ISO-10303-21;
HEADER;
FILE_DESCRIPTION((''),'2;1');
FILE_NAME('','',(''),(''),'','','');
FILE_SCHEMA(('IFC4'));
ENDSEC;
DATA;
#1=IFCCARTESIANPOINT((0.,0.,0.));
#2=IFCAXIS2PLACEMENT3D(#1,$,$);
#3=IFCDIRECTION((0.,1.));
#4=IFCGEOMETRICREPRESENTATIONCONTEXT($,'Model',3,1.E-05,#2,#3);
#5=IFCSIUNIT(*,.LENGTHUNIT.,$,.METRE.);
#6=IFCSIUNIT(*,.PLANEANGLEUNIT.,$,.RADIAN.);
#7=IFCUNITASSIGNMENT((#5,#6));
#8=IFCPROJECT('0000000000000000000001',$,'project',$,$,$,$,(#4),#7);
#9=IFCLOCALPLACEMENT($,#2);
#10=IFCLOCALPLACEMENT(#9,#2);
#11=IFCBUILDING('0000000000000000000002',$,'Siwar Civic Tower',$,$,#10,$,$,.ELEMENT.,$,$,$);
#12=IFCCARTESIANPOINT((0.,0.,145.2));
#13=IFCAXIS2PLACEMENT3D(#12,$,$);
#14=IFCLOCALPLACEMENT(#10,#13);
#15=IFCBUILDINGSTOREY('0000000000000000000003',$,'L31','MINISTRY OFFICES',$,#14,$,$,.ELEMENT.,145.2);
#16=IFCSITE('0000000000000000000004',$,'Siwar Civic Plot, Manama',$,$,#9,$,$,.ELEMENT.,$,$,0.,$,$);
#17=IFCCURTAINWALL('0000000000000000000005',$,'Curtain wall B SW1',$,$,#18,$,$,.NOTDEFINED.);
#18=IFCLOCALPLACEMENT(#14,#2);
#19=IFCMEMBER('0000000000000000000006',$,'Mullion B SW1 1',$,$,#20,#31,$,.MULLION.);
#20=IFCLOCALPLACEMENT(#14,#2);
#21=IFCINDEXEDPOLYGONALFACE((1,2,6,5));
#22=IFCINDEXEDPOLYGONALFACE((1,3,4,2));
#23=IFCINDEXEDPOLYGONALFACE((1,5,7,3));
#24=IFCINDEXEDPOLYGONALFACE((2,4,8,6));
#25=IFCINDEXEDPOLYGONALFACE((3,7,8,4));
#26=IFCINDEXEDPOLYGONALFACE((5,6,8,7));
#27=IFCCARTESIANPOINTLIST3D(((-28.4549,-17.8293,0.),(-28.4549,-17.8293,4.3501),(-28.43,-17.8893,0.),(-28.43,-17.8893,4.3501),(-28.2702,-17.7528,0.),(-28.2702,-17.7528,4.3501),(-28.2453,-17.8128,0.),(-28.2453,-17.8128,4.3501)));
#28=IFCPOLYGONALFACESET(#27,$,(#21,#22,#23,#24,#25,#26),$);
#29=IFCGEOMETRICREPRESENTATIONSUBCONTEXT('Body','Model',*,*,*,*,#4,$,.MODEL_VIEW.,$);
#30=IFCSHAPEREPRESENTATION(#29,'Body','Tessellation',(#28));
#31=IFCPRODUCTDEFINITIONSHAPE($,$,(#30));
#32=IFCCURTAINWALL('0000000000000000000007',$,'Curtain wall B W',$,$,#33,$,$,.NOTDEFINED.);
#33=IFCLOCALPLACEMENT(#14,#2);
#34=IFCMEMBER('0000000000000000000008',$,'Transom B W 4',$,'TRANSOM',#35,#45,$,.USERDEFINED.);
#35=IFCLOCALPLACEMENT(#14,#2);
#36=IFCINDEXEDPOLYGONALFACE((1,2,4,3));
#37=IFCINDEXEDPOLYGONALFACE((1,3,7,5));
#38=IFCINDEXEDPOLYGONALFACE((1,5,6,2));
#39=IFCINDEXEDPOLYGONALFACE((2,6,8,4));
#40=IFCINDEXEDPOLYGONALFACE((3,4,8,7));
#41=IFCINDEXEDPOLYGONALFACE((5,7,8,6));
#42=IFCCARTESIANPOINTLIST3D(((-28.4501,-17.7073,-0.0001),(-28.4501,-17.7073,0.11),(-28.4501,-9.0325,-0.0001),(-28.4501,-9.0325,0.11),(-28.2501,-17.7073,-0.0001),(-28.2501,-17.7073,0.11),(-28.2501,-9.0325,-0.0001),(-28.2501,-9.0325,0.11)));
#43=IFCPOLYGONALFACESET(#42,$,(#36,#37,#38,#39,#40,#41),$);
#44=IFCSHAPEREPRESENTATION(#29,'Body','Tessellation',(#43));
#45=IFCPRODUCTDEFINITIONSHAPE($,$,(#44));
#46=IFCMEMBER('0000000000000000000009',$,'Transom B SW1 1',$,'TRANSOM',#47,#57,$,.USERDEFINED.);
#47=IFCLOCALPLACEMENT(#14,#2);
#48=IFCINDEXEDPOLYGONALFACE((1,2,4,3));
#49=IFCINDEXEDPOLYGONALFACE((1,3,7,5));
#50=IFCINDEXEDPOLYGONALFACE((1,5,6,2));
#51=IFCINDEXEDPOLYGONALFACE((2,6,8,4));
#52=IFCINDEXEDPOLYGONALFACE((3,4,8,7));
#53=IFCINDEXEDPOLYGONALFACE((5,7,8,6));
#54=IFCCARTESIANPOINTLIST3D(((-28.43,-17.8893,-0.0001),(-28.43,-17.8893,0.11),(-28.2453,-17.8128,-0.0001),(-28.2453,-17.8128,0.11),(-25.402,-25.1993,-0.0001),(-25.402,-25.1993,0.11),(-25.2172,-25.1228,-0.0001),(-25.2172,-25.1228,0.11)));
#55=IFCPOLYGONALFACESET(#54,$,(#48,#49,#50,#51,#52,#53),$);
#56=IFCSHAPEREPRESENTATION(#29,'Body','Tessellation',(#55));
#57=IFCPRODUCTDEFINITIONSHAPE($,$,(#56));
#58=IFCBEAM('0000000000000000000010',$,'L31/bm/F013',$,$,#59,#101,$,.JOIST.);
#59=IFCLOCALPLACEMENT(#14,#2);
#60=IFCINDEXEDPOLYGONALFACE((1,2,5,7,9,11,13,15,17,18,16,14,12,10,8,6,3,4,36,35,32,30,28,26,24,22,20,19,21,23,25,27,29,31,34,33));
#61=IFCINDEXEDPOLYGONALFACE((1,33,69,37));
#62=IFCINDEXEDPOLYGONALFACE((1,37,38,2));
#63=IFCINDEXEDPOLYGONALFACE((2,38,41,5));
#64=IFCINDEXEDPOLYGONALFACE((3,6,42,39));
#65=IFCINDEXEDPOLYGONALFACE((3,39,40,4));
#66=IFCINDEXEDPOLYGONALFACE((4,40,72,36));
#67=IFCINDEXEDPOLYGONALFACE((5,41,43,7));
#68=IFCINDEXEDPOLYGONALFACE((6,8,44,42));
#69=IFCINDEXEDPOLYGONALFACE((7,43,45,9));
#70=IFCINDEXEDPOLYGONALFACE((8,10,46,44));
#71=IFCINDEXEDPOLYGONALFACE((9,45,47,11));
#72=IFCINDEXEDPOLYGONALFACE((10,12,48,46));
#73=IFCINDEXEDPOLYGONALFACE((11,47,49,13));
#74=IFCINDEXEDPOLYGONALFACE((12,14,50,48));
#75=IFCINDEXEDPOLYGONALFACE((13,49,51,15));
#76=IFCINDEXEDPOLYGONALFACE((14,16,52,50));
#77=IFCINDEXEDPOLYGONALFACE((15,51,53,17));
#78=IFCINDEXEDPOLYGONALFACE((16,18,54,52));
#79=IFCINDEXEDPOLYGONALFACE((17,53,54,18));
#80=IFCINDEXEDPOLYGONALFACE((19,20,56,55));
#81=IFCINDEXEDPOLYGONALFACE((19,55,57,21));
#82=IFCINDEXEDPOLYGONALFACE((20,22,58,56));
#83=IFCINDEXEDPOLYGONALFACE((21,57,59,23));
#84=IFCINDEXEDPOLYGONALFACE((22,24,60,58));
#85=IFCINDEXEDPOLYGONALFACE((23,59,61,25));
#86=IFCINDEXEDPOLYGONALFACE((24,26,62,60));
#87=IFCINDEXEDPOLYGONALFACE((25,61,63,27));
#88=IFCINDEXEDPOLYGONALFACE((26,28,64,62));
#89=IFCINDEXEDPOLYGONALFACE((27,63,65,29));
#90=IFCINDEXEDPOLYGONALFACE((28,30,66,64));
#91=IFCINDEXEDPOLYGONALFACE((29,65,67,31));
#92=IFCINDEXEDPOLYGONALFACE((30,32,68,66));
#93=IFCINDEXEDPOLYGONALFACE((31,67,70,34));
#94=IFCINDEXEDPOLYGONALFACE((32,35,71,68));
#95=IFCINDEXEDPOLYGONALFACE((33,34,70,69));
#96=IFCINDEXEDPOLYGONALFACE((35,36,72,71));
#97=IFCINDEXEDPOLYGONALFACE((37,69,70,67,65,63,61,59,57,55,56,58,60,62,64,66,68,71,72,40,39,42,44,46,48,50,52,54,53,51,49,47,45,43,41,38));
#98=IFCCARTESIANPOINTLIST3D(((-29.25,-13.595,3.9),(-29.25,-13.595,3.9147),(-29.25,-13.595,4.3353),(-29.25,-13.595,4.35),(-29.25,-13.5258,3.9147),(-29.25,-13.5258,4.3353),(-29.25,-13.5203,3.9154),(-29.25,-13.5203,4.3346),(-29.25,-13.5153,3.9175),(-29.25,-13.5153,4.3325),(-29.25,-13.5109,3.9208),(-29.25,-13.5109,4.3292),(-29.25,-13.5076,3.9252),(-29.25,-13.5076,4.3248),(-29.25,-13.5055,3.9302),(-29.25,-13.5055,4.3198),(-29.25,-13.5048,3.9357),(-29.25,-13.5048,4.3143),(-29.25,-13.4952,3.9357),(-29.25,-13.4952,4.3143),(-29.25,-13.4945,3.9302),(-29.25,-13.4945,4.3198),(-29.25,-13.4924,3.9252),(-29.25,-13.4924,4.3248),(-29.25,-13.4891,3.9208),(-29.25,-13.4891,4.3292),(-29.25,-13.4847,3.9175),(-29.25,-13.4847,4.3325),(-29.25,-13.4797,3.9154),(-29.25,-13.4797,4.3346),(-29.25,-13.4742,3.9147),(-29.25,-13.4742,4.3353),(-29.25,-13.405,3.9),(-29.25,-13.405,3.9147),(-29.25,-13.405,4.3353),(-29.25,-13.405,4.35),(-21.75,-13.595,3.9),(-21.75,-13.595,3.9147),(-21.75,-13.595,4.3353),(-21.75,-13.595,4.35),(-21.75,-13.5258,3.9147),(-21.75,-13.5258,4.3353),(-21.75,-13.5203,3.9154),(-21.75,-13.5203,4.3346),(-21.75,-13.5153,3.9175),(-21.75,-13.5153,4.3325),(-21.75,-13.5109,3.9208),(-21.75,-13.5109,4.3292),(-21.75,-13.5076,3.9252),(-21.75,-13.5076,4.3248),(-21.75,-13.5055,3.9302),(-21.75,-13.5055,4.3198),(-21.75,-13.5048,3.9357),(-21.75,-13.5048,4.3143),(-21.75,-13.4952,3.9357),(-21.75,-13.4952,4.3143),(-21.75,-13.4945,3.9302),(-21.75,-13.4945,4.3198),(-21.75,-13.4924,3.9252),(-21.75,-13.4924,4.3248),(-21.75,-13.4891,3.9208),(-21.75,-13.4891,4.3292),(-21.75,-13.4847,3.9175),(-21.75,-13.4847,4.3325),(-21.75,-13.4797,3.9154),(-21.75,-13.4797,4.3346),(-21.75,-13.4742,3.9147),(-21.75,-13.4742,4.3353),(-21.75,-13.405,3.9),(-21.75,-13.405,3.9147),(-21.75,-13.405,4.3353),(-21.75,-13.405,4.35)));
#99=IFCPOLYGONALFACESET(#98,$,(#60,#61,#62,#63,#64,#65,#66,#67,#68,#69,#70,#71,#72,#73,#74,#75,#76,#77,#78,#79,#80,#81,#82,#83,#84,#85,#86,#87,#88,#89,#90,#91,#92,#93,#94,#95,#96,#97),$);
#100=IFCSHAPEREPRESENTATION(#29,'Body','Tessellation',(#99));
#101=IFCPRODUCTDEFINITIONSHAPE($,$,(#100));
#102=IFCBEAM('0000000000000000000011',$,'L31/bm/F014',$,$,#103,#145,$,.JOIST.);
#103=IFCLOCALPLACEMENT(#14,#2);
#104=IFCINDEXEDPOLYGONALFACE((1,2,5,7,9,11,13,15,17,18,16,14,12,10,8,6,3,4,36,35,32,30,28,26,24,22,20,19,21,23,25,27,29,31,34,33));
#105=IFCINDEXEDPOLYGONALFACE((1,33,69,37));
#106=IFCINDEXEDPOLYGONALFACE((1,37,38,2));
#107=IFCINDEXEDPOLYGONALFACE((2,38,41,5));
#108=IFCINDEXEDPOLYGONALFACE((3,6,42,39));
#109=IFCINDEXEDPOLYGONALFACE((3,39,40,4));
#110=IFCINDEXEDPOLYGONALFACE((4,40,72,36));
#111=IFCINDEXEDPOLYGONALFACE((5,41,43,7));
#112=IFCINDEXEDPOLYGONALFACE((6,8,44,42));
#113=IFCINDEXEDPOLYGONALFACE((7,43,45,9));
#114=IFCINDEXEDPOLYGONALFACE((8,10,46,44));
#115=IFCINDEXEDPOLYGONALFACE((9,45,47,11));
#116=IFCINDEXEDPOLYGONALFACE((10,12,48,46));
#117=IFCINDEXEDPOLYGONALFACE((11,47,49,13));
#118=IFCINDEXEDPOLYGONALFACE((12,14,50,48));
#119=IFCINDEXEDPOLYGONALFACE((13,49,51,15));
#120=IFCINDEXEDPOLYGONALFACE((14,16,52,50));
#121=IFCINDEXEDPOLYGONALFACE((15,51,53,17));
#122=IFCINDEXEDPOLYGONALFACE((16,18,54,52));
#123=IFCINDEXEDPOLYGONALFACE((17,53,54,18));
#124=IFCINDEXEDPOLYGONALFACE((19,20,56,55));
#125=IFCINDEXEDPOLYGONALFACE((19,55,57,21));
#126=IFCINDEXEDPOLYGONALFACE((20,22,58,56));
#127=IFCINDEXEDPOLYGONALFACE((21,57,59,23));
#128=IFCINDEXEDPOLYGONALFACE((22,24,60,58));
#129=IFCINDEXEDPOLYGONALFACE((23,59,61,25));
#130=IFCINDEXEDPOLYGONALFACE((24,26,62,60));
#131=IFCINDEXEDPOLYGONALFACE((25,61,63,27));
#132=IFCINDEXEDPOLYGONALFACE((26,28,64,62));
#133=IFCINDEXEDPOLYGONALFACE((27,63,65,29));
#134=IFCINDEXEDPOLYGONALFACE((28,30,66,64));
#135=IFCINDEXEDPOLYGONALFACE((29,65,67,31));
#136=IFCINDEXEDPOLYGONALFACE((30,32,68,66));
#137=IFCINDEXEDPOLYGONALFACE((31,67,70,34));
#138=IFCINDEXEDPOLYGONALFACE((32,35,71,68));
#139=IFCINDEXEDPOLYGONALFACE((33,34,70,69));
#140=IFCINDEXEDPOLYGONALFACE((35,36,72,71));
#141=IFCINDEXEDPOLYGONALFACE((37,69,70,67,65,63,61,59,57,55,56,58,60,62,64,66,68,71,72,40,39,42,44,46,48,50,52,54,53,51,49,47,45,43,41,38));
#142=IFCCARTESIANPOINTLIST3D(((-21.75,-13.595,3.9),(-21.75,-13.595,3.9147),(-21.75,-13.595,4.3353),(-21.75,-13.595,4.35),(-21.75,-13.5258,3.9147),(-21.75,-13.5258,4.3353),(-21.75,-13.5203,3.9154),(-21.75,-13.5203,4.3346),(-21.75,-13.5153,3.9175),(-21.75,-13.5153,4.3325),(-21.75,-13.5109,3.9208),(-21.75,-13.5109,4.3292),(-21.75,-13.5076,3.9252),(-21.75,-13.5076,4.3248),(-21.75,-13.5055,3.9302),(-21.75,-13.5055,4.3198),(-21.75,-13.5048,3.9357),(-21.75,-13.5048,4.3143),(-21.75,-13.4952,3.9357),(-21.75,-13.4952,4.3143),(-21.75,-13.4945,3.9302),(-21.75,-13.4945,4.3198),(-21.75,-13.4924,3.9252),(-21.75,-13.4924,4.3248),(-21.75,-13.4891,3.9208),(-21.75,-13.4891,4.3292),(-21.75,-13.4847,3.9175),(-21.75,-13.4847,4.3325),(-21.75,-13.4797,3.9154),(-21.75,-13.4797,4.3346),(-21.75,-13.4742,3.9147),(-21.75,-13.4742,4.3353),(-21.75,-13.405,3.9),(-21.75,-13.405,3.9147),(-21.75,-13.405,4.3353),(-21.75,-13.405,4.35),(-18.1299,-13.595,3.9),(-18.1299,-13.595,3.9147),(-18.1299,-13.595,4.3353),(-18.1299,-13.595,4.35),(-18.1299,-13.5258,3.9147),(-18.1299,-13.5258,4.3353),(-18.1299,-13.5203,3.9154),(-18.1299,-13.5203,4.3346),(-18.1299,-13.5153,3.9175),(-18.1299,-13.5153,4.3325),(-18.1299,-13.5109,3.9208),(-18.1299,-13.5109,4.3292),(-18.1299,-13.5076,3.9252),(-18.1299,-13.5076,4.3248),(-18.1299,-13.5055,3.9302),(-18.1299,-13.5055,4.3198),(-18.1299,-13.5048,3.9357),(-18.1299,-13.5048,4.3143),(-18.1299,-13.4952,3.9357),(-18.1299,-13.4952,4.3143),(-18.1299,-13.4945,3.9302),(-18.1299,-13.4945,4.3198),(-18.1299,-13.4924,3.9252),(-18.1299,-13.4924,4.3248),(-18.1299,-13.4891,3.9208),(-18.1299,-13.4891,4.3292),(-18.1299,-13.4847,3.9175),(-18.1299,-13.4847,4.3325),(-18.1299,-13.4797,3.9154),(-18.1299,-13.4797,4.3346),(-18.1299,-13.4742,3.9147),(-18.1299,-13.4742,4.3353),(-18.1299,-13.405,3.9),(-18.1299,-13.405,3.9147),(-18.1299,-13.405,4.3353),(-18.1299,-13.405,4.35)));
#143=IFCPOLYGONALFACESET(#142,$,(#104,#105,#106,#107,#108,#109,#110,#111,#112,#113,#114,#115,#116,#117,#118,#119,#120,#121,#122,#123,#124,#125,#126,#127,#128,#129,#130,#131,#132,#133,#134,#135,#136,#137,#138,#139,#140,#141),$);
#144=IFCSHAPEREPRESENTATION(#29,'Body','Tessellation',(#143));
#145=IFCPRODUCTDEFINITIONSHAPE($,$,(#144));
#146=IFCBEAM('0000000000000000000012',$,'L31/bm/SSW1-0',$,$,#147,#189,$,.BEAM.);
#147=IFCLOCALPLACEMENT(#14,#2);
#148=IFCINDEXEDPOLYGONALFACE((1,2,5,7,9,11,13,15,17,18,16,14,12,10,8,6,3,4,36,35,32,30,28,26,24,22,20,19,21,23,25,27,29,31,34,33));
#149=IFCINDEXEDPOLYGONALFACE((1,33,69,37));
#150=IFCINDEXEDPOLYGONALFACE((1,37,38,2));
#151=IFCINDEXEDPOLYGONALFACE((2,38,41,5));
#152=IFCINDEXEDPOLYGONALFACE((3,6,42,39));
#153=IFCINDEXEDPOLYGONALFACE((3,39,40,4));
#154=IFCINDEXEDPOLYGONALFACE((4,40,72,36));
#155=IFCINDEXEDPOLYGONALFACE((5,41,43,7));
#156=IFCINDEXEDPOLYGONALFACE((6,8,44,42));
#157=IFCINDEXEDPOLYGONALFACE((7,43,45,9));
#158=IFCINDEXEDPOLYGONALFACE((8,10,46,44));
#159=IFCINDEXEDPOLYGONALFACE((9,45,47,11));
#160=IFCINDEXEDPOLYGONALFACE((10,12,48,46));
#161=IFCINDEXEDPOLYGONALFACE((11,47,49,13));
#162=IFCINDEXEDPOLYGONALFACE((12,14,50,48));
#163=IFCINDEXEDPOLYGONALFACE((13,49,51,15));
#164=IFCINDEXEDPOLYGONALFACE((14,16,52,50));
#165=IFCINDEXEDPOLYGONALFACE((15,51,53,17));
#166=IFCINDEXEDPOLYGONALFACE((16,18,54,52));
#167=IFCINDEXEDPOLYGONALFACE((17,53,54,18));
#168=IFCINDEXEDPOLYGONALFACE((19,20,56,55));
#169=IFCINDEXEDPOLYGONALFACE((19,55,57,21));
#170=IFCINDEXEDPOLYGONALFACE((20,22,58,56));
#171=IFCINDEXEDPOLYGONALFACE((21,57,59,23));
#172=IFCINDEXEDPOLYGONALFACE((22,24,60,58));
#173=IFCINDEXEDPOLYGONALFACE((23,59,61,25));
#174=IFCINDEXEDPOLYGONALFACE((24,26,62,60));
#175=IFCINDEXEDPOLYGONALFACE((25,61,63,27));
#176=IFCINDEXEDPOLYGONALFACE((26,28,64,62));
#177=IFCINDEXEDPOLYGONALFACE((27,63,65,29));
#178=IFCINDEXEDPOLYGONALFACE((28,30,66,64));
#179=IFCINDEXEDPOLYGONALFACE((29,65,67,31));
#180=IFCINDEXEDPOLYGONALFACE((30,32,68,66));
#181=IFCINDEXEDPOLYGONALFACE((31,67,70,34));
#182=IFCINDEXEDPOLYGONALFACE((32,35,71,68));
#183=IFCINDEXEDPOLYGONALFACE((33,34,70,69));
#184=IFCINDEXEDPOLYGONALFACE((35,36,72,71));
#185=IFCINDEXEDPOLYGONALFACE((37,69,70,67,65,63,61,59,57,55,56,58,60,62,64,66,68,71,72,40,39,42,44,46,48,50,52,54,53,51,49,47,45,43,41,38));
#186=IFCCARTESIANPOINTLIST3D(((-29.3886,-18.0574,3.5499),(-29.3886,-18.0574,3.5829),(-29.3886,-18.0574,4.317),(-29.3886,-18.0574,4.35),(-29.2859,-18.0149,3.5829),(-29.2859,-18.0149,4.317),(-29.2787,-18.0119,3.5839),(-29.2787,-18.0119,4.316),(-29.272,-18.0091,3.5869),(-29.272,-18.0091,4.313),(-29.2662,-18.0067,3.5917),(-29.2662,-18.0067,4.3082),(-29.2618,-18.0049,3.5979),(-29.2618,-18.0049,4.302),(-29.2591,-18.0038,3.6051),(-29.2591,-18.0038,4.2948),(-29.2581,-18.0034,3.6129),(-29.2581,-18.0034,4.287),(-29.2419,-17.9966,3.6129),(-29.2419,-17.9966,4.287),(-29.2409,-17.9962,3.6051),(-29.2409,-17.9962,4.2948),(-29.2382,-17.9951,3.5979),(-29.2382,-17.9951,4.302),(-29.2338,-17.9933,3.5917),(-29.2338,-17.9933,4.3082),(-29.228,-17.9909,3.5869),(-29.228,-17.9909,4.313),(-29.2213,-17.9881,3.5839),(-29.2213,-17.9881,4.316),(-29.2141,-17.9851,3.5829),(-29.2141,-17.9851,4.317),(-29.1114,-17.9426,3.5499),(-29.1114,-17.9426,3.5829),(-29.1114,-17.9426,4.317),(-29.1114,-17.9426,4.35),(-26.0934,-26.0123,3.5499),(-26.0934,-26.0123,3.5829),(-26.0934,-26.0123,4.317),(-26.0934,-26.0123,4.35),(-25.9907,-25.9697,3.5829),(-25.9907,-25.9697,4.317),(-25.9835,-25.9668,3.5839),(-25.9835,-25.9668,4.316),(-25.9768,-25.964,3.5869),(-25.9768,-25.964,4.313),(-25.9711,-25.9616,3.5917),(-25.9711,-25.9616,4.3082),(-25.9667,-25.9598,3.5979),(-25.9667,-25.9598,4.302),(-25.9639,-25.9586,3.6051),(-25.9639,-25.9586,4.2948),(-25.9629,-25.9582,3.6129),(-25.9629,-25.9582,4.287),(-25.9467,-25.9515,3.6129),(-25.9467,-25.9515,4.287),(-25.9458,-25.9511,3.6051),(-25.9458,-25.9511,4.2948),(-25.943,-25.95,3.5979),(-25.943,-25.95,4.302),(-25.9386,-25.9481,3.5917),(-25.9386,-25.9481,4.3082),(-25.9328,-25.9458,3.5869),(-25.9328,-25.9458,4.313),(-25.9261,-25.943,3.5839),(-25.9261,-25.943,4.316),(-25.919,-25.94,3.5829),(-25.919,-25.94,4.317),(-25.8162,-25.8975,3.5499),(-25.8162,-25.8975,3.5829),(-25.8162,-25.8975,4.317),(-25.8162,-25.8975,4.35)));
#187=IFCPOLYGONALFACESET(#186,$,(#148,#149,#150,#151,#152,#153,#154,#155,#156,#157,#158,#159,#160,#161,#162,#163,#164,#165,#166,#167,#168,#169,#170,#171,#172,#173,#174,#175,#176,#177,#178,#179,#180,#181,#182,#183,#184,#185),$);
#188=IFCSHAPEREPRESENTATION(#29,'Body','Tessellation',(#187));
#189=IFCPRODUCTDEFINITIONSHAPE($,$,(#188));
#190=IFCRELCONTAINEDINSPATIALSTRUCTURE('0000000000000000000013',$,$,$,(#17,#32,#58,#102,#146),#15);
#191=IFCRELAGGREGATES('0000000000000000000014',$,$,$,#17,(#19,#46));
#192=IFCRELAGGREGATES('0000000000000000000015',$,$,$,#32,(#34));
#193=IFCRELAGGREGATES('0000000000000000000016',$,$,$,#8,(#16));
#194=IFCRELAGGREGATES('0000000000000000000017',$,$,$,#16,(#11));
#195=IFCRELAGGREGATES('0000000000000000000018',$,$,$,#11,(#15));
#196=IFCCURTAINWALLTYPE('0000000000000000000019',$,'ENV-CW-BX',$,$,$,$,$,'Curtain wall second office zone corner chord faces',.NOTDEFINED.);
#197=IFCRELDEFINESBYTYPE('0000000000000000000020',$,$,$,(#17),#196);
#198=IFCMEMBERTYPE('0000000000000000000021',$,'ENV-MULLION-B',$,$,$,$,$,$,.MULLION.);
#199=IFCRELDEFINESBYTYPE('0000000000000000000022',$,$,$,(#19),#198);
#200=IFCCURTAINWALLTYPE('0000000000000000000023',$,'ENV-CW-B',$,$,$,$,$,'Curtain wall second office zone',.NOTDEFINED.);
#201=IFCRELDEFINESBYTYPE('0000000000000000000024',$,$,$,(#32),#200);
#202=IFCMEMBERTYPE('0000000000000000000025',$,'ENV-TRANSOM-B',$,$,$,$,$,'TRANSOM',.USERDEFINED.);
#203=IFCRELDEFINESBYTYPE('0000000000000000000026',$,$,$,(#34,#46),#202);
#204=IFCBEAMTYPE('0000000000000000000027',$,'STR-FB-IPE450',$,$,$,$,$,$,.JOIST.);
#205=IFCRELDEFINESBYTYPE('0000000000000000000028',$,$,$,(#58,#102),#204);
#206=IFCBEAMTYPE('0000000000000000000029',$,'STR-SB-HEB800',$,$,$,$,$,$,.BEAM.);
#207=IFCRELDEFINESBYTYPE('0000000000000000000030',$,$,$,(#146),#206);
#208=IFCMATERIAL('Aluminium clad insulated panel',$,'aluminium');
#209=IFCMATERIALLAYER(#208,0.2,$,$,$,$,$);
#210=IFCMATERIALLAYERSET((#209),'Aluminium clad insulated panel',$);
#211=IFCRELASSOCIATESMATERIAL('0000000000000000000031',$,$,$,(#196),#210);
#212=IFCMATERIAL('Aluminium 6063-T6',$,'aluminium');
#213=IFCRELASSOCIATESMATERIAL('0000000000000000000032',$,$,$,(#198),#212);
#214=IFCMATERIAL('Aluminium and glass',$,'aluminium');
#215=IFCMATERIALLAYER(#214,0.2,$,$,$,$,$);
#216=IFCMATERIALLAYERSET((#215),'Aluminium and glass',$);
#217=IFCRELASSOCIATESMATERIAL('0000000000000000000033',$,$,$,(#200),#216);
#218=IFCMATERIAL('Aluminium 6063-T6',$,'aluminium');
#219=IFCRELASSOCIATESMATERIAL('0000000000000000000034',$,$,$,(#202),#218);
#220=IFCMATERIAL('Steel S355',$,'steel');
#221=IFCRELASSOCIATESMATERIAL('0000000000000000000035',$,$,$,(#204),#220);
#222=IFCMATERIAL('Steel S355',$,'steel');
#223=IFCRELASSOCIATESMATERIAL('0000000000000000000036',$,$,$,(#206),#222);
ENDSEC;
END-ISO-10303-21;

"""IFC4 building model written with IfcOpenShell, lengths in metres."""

from ifc_helpers import new_model, si_unit, direction, frame, origin, origin_2d, place, context, subcontext, project, spatial, rectangle, i_section, extrude, material, layer, layer_set, material_profile, profile_set, type_object, element, aggregate, save


model = new_model("IFC4")

# Units and contexts
model_context = context("Model", 3, precision=1e-05, world=origin(), true_north=direction((0.0, 1.0)))
body_context = subcontext(model_context, "Body", "Model", "MODEL_VIEW")
ifc_project = project(units=[si_unit("LENGTHUNIT", "METRE"), si_unit("PLANEANGLEUNIT", "RADIAN")], contexts=[model_context])

# Site, building, storey
site_placement = place(None, origin())
site = spatial("IfcSite", under=ifc_project, at=site_placement, Name="Siwar Civic Plot, Manama", CompositionType="ELEMENT", RefElevation=0.0)
building_placement = place(site_placement, origin())
building = spatial("IfcBuilding", under=site, at=building_placement, Name="Siwar Civic Tower", CompositionType="ELEMENT")
storey_placement = place(building_placement, frame((0.0, 0.0, 145.2)))
storey = spatial("IfcBuildingStorey", under=building, at=storey_placement, Name="L31", Description="MINISTRY OFFICES", CompositionType="ELEMENT", Elevation=145.2)

# Curtain walls, members
ifc_material_1 = material(Name="Aluminium clad insulated panel", Category="aluminium")
ifc_layer_1 = layer(ifc_material_1, 0.2)
ifc_layer_set_1 = layer_set([ifc_layer_1], Name="Aluminium clad insulated panel")
curtain_wall_type_1 = type_object("IfcCurtainWallType", Name="ENV-CW-BX", ElementType="Curtain wall second office zone corner chord faces", PredefinedType="NOTDEFINED", material=ifc_layer_set_1)
curtain_wall_1_placement = place(storey_placement, origin())
curtain_wall_1 = element("IfcCurtainWall", 1, at=curtain_wall_1_placement, inside=storey, type_object=curtain_wall_type_1, Name="Curtain wall B SW1", PredefinedType="NOTDEFINED")
ifc_material_2 = material(Name="Aluminium 6063-T6", Category="aluminium")
ifc_material_profile_1 = material_profile(ifc_material_2, rectangle(XDim=0.2, YDim=0.0649, at=origin_2d()), Name="AL 200x65")
ifc_profile_set_1 = profile_set([ifc_material_profile_1], Name="Aluminium 6063-T6")
member_type_1 = type_object("IfcMemberType", Name="ENV-MULLION-B", PredefinedType="MULLION", material=ifc_profile_set_1)
member_1_placement = place(storey_placement, frame((-28.3501, -17.821, 0.0), z_axis=(0.0, 0.0, 1.0), x_axis=(0.92388, 0.382683, 0.0)))
member_1 = element("IfcMember", 2, at=member_1_placement, type_object=member_type_1, Name="Mullion B SW1 1", PredefinedType="MULLION", context=body_context, shape_type="SweptSolid", body=[
    extrude(rectangle(XDim=0.2, YDim=0.0649, at=origin_2d()), origin(), (0.0, 0.0, 1.0), 4.3501),
])
ifc_material_3 = material(Name="Aluminium and glass", Category="aluminium")
ifc_layer_2 = layer(ifc_material_3, 0.2)
ifc_layer_set_2 = layer_set([ifc_layer_2], Name="Aluminium and glass")
curtain_wall_type_2 = type_object("IfcCurtainWallType", Name="ENV-CW-B", ElementType="Curtain wall second office zone", PredefinedType="NOTDEFINED", material=ifc_layer_set_2)
curtain_wall_2_placement = place(storey_placement, origin())
curtain_wall_2 = element("IfcCurtainWall", 3, at=curtain_wall_2_placement, inside=storey, type_object=curtain_wall_type_2, Name="Curtain wall B W", PredefinedType="NOTDEFINED")
ifc_material_4 = material(Name="Aluminium 6063-T6", Category="aluminium")
ifc_material_profile_2 = material_profile(ifc_material_4, rectangle(XDim=0.2, YDim=0.1101, at=origin_2d()), Name="AL 200x110")
ifc_profile_set_2 = profile_set([ifc_material_profile_2], Name="Aluminium 6063-T6")
member_type_2 = type_object("IfcMemberType", Name="ENV-TRANSOM-B", ElementType="TRANSOM", PredefinedType="USERDEFINED", material=ifc_profile_set_2)
member_2_placement = place(storey_placement, frame((-28.3501, -9.0325, 0.0549), z_axis=(0.0, -1.0, 0.0), x_axis=(1.0, 0.0, 0.0)))
member_2 = element("IfcMember", 4, at=member_2_placement, type_object=member_type_2, Name="Transom B W 4", ObjectType="TRANSOM", PredefinedType="USERDEFINED", context=body_context, shape_type="SweptSolid", body=[
    extrude(rectangle(XDim=0.2, YDim=0.1101, at=origin_2d()), origin(), (0.0, 0.0, 1.0), 8.6748),
])

# Member
member_3_placement = place(storey_placement, frame((-28.3376, -17.8511, 0.0549), z_axis=(0.3827, -0.923873, 0.0), x_axis=(0.923873, 0.3827, 0.0)))
member_3 = element("IfcMember", 5, at=member_3_placement, type_object=member_type_2, Name="Transom B SW1 1", ObjectType="TRANSOM", PredefinedType="USERDEFINED", context=body_context, shape_type="SweptSolid", body=[
    extrude(rectangle(XDim=0.2, YDim=0.1101, at=origin_2d()), origin(), (0.0, 0.0, 1.0), 7.9124),
])
aggregate(curtain_wall_1, [member_1, member_3])

# Beams
ifc_material_5 = material(Name="Steel S355", Category="steel")
ifc_material_profile_3 = material_profile(ifc_material_5, i_section(OverallWidth=0.1899, OverallDepth=0.45, WebThickness=0.0095, FlangeThickness=0.0146, FilletRadius=0.021, at=origin_2d()), Name="IPE450")
ifc_profile_set_3 = profile_set([ifc_material_profile_3], Name="Steel S355")
beam_type_1 = type_object("IfcBeamType", Name="STR-FB-IPE450", PredefinedType="JOIST", material=ifc_profile_set_3)
beam_1_placement = place(storey_placement, frame((-29.25, -13.5, 4.125), z_axis=(1.0, 0.0, 0.0), x_axis=(0.0, 1.0, 0.0)))
element("IfcBeam", 6, at=beam_1_placement, inside=storey, type_object=beam_type_1, Name="L31/bm/F013", PredefinedType="JOIST", context=body_context, shape_type="SweptSolid", body=[
    extrude(i_section(OverallWidth=0.1899, OverallDepth=0.45, WebThickness=0.0095, FlangeThickness=0.0146, FilletRadius=0.021, at=origin_2d()), origin(), (0.0, 0.0, 1.0), 7.5),
])
beam_2_placement = place(storey_placement, frame((-21.75, -13.5, 4.125), z_axis=(1.0, 0.0, 0.0), x_axis=(0.0, 1.0, 0.0)))
element("IfcBeam", 7, at=beam_2_placement, inside=storey, type_object=beam_type_1, Name="L31/bm/F014", PredefinedType="JOIST", context=body_context, shape_type="SweptSolid", body=[
    extrude(i_section(OverallWidth=0.1899, OverallDepth=0.45, WebThickness=0.0095, FlangeThickness=0.0146, FilletRadius=0.021, at=origin_2d()), origin(), (0.0, 0.0, 1.0), 3.6201),
])
ifc_material_6 = material(Name="Steel S355", Category="steel")
ifc_material_profile_4 = material_profile(ifc_material_6, i_section(OverallWidth=0.3, OverallDepth=0.8, WebThickness=0.0176, FlangeThickness=0.033, FilletRadius=0.03, at=origin_2d()), Name="HEB800")
ifc_profile_set_4 = profile_set([ifc_material_profile_4], Name="Steel S355")
beam_type_2 = type_object("IfcBeamType", Name="STR-SB-HEB800", PredefinedType="BEAM", material=ifc_profile_set_4)
beam_3_placement = place(storey_placement, frame((-29.25, -18.0, 3.95), z_axis=(0.3827, -0.923873, 0.0), x_axis=(0.923873, 0.3827, 0.0)))
element("IfcBeam", 8, at=beam_3_placement, inside=storey, type_object=beam_type_2, Name="L31/bm/SSW1-0", PredefinedType="BEAM", context=body_context, shape_type="SweptSolid", body=[
    extrude(i_section(OverallWidth=0.3, OverallDepth=0.8, WebThickness=0.0176, FlangeThickness=0.033, FilletRadius=0.03, at=origin_2d()), origin(), (0.0, 0.0, 1.0), 8.6104),
])

aggregate(curtain_wall_2, [member_2])

save(model, "model.ifc")
